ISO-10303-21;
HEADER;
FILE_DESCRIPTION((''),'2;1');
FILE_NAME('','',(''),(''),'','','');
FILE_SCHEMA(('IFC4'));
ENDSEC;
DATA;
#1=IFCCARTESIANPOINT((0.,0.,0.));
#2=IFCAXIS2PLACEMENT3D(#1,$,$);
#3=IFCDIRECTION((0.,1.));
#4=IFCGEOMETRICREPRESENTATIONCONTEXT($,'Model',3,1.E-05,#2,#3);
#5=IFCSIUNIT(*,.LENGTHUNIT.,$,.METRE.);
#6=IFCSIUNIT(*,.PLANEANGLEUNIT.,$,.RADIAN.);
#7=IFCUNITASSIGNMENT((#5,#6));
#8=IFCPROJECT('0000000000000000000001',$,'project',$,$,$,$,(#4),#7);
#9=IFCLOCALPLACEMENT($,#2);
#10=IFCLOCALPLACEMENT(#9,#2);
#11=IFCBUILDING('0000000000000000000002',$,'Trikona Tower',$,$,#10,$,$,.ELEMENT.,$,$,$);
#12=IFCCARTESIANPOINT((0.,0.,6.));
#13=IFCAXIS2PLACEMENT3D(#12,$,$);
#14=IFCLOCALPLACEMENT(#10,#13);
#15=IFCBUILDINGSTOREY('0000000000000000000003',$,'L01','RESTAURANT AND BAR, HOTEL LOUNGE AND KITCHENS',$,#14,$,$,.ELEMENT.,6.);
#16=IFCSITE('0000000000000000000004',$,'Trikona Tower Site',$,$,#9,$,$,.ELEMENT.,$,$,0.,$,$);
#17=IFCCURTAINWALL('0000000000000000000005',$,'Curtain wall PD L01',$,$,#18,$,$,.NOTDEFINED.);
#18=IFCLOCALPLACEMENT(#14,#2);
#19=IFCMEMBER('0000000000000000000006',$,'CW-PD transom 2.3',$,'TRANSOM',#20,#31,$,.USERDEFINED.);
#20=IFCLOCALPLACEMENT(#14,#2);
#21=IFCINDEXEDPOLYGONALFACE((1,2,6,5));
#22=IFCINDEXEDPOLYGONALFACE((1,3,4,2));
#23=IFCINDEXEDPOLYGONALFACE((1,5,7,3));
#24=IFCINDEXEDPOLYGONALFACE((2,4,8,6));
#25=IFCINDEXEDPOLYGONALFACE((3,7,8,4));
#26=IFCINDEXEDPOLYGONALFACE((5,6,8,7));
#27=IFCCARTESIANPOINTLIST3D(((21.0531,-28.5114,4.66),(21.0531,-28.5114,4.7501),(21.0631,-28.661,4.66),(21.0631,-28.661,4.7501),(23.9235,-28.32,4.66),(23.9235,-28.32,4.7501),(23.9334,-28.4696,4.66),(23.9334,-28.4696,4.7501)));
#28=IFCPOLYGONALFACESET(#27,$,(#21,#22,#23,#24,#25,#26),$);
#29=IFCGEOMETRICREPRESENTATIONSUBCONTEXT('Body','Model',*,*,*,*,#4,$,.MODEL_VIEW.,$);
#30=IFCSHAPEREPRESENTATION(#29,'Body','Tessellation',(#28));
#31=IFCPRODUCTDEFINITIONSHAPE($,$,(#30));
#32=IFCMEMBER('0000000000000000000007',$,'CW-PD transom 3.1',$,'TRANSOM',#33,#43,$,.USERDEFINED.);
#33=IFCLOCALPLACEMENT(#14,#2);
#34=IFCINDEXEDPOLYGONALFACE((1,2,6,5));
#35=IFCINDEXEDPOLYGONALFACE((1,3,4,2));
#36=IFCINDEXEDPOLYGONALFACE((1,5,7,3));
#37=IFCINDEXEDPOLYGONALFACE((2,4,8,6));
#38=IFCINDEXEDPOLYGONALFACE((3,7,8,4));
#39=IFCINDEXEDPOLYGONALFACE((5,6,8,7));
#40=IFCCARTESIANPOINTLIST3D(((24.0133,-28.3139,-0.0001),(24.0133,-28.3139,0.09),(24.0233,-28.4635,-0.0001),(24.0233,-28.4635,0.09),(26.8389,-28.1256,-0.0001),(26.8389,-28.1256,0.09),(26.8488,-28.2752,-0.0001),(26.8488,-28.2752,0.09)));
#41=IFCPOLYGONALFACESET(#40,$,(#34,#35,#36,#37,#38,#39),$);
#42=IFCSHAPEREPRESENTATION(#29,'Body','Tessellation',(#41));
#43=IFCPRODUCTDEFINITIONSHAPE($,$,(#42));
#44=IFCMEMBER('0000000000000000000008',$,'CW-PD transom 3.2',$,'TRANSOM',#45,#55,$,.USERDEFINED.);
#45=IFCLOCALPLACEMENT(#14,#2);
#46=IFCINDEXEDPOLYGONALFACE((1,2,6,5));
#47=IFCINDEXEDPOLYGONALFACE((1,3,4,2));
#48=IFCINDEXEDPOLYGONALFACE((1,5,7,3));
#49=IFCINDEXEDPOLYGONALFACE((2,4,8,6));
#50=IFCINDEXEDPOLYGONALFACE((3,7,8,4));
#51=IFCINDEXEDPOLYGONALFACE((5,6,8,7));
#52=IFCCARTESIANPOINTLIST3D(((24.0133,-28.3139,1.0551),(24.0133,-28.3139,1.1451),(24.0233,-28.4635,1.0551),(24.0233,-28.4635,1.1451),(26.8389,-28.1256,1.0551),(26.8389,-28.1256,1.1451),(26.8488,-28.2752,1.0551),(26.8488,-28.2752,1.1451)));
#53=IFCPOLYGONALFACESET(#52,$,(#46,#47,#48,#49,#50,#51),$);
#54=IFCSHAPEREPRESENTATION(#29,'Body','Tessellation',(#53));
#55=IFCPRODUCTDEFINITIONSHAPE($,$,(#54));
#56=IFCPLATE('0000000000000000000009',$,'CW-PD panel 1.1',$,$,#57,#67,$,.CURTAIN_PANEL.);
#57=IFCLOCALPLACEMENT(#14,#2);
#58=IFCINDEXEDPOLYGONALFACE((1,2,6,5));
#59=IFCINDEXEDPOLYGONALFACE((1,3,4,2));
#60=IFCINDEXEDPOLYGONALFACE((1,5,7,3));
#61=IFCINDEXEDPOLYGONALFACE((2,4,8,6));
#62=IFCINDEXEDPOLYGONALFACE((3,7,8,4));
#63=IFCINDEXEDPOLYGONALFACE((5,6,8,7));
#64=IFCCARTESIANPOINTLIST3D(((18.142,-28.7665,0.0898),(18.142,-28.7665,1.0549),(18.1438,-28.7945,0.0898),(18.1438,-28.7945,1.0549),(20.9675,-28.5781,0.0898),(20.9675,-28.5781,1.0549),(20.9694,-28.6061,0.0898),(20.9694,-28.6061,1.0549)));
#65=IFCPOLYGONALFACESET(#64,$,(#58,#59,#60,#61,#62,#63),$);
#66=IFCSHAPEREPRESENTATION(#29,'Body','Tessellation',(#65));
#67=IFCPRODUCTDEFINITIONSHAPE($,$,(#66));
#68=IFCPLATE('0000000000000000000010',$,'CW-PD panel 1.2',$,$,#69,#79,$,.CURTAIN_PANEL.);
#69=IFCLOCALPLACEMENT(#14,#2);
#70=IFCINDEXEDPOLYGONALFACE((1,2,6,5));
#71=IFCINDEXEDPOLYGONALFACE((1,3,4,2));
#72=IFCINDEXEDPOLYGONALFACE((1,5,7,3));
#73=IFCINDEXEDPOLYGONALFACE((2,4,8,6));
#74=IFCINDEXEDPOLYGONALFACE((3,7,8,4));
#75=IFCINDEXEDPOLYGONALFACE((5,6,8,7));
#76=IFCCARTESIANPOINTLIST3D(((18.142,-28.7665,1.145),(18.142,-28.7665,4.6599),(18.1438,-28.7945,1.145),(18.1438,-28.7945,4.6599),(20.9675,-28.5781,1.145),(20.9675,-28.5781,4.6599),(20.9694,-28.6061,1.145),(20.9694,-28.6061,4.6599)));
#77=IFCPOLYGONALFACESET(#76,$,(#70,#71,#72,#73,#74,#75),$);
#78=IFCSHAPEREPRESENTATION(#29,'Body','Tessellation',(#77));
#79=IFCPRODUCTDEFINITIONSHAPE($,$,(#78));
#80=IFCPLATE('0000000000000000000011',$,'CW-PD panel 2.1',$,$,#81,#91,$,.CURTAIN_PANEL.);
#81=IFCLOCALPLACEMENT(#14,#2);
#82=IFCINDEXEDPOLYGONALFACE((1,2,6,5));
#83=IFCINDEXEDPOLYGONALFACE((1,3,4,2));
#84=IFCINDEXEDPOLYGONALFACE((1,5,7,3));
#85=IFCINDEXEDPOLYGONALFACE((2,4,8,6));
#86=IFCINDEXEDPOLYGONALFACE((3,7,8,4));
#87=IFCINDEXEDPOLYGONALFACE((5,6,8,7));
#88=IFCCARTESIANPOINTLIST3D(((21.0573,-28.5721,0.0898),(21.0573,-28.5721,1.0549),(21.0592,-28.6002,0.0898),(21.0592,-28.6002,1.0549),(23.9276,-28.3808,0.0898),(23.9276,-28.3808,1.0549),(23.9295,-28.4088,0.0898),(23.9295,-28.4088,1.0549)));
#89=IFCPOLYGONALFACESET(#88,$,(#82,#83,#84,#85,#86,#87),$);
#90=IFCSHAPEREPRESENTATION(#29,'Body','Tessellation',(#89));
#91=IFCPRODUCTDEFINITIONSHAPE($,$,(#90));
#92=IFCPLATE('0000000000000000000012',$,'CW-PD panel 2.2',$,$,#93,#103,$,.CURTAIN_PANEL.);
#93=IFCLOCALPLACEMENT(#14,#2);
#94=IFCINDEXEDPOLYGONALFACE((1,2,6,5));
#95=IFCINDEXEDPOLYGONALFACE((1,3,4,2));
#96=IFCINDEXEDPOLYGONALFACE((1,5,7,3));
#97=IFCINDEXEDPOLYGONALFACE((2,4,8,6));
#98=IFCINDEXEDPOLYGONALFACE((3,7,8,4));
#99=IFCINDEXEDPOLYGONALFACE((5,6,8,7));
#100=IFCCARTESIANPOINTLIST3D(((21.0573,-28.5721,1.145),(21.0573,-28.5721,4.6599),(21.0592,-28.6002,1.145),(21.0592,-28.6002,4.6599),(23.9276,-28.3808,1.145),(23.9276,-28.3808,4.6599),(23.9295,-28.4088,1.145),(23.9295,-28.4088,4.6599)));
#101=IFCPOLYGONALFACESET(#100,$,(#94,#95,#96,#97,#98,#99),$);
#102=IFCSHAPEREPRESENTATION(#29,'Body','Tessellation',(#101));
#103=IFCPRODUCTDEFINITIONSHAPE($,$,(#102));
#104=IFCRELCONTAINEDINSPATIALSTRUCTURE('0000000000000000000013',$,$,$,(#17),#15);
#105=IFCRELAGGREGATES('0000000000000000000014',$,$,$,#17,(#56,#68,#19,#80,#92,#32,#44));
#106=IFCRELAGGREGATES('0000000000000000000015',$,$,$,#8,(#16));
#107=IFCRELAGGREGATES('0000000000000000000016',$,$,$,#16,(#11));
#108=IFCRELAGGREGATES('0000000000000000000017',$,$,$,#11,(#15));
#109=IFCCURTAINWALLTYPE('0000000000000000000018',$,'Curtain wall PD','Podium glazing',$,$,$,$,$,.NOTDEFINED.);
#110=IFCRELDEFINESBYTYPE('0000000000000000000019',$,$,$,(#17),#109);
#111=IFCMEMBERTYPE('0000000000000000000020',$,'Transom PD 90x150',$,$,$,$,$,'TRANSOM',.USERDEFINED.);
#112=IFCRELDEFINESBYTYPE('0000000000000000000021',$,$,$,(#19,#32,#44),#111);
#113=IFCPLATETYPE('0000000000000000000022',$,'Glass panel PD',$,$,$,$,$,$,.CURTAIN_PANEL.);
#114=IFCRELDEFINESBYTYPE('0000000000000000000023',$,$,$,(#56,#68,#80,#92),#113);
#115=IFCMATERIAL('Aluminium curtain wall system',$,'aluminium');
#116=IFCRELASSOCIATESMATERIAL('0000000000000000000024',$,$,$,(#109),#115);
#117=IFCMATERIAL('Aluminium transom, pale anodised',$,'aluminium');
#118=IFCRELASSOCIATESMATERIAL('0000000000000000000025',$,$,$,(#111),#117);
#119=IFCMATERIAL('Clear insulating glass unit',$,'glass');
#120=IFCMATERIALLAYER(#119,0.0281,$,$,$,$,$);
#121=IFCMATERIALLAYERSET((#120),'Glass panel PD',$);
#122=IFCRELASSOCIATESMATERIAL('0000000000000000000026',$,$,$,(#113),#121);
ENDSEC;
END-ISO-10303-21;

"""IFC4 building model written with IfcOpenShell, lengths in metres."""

from ifc_helpers import new_model, si_unit, direction, frame, origin, origin_2d, place, context, subcontext, project, spatial, rectangle, extrude, material, layer, layer_set, material_profile, profile_set, type_object, element, aggregate, save


model = new_model("IFC4")

# Units and contexts
model_context = context("Model", 3, precision=1e-05, world=origin(), true_north=direction((0.0, 1.0)))
body_context = subcontext(model_context, "Body", "Model", "MODEL_VIEW")
ifc_project = project(units=[si_unit("LENGTHUNIT", "METRE"), si_unit("PLANEANGLEUNIT", "RADIAN")], contexts=[model_context])

# Site, building, storey
site_placement = place(None, origin())
site = spatial("IfcSite", under=ifc_project, at=site_placement, Name="Trikona Tower Site", CompositionType="ELEMENT", RefElevation=0.0)
building_placement = place(site_placement, origin())
building = spatial("IfcBuilding", under=site, at=building_placement, Name="Trikona Tower", CompositionType="ELEMENT")
storey_placement = place(building_placement, frame((0.0, 0.0, 6.0)))
storey = spatial("IfcBuildingStorey", under=building, at=storey_placement, Name="L01", Description="RESTAURANT AND BAR, HOTEL LOUNGE AND KITCHENS", CompositionType="ELEMENT", Elevation=6.0)

# Curtain wall
ifc_material_1 = material(Name="Aluminium curtain wall system", Category="aluminium")
curtain_wall_type = type_object("IfcCurtainWallType", Name="Curtain wall PD", Description="Podium glazing", PredefinedType="NOTDEFINED", material=ifc_material_1)
curtain_wall_placement = place(storey_placement, origin())
curtain_wall = element("IfcCurtainWall", 1, at=curtain_wall_placement, inside=storey, type_object=curtain_wall_type, Name="Curtain wall PD L01", PredefinedType="NOTDEFINED")

# Members
ifc_material_2 = material(Name="Aluminium transom, pale anodised", Category="aluminium")
ifc_material_profile_1 = material_profile(ifc_material_2, rectangle(XDim=0.1499, YDim=0.0901, at=origin_2d()), Name="TRN-PD")
ifc_profile_set_1 = profile_set([ifc_material_profile_1], Name="Aluminium transom, pale anodised")
member_type_1 = type_object("IfcMemberType", Name="Transom PD 90x150", ElementType="TRANSOM", PredefinedType="USERDEFINED", material=ifc_profile_set_1)
member_1_placement = place(storey_placement, frame((21.0581, -28.5862, 4.7051), z_axis=(0.997784, 0.066536, 0.0), x_axis=(-0.066536, 0.997784, 0.0)))
member_1 = element("IfcMember", 2, at=member_1_placement, type_object=member_type_1, Name="CW-PD transom 2.3", ObjectType="TRANSOM", PredefinedType="USERDEFINED", context=body_context, shape_type="SweptSolid", body=[
    extrude(rectangle(XDim=0.1499, YDim=0.0901, at=origin_2d()), origin(), (0.0, 0.0, 1.0), 2.8767),
])
member_2_placement = place(storey_placement, frame((24.0183, -28.3887, 0.0449), z_axis=(0.997788, 0.066473, 0.0), x_axis=(-0.066473, 0.997788, 0.0)))
member_2 = element("IfcMember", 3, at=member_2_placement, type_object=member_type_1, Name="CW-PD transom 3.1", ObjectType="TRANSOM", PredefinedType="USERDEFINED", context=body_context, shape_type="SweptSolid", body=[
    extrude(rectangle(XDim=0.1499, YDim=0.0901, at=origin_2d()), origin(), (0.0, 0.0, 1.0), 2.8318),
])
member_3_placement = place(storey_placement, frame((24.0183, -28.3887, 1.1001), z_axis=(0.997788, 0.066473, 0.0), x_axis=(-0.066473, 0.997788, 0.0)))
member_3 = element("IfcMember", 4, at=member_3_placement, type_object=member_type_1, Name="CW-PD transom 3.2", ObjectType="TRANSOM", PredefinedType="USERDEFINED", context=body_context, shape_type="SweptSolid", body=[
    extrude(rectangle(XDim=0.1499, YDim=0.0901, at=origin_2d()), origin(), (0.0, 0.0, 1.0), 2.8318),
])

# Plates
ifc_material_3 = material(Name="Clear insulating glass unit", Category="glass")
ifc_layer = layer(ifc_material_3, 0.0281)
ifc_layer_set = layer_set([ifc_layer], Name="Glass panel PD")
plate_type = type_object("IfcPlateType", Name="Glass panel PD", PredefinedType="CURTAIN_PANEL", material=ifc_layer_set)
plate_1_placement = place(storey_placement, frame((19.5557, -28.6863, 0.0898), z_axis=(0.0, 0.0, 1.0), x_axis=(0.997785, 0.066517, 0.0)))
plate_1 = element("IfcPlate", 5, at=plate_1_placement, type_object=plate_type, Name="CW-PD panel 1.1", PredefinedType="CURTAIN_PANEL", context=body_context, shape_type="SweptSolid", body=[
    extrude(rectangle(XDim=2.8318, YDim=0.0281, at=origin_2d()), origin(), (0.0, 0.0, 1.0), 0.9651),
])
plate_2_placement = place(storey_placement, frame((19.5557, -28.6863, 1.145), z_axis=(0.0, 0.0, 1.0), x_axis=(0.997785, 0.066517, 0.0)))
plate_2 = element("IfcPlate", 6, at=plate_2_placement, type_object=plate_type, Name="CW-PD panel 1.2", PredefinedType="CURTAIN_PANEL", context=body_context, shape_type="SweptSolid", body=[
    extrude(rectangle(XDim=2.8318, YDim=0.0281, at=origin_2d()), origin(), (0.0, 0.0, 1.0), 3.5149),
])
plate_3_placement = place(storey_placement, frame((22.4934, -28.4905, 0.0898), z_axis=(0.0, 0.0, 1.0), x_axis=(0.997785, 0.066517, 0.0)))
plate_3 = element("IfcPlate", 7, at=plate_3_placement, type_object=plate_type, Name="CW-PD panel 2.1", PredefinedType="CURTAIN_PANEL", context=body_context, shape_type="SweptSolid", body=[
    extrude(rectangle(XDim=2.8767, YDim=0.0281, at=origin_2d()), origin(), (0.0, 0.0, 1.0), 0.9651),
])
plate_4_placement = place(storey_placement, frame((22.4934, -28.4905, 1.145), z_axis=(0.0, 0.0, 1.0), x_axis=(0.997785, 0.066517, 0.0)))
plate_4 = element("IfcPlate", 8, at=plate_4_placement, type_object=plate_type, Name="CW-PD panel 2.2", PredefinedType="CURTAIN_PANEL", context=body_context, shape_type="SweptSolid", body=[
    extrude(rectangle(XDim=2.8767, YDim=0.0281, at=origin_2d()), origin(), (0.0, 0.0, 1.0), 3.5149),
])
aggregate(curtain_wall, [plate_1, plate_2, member_1, plate_3, plate_4, member_2, member_3])

save(model, "model.ifc")
